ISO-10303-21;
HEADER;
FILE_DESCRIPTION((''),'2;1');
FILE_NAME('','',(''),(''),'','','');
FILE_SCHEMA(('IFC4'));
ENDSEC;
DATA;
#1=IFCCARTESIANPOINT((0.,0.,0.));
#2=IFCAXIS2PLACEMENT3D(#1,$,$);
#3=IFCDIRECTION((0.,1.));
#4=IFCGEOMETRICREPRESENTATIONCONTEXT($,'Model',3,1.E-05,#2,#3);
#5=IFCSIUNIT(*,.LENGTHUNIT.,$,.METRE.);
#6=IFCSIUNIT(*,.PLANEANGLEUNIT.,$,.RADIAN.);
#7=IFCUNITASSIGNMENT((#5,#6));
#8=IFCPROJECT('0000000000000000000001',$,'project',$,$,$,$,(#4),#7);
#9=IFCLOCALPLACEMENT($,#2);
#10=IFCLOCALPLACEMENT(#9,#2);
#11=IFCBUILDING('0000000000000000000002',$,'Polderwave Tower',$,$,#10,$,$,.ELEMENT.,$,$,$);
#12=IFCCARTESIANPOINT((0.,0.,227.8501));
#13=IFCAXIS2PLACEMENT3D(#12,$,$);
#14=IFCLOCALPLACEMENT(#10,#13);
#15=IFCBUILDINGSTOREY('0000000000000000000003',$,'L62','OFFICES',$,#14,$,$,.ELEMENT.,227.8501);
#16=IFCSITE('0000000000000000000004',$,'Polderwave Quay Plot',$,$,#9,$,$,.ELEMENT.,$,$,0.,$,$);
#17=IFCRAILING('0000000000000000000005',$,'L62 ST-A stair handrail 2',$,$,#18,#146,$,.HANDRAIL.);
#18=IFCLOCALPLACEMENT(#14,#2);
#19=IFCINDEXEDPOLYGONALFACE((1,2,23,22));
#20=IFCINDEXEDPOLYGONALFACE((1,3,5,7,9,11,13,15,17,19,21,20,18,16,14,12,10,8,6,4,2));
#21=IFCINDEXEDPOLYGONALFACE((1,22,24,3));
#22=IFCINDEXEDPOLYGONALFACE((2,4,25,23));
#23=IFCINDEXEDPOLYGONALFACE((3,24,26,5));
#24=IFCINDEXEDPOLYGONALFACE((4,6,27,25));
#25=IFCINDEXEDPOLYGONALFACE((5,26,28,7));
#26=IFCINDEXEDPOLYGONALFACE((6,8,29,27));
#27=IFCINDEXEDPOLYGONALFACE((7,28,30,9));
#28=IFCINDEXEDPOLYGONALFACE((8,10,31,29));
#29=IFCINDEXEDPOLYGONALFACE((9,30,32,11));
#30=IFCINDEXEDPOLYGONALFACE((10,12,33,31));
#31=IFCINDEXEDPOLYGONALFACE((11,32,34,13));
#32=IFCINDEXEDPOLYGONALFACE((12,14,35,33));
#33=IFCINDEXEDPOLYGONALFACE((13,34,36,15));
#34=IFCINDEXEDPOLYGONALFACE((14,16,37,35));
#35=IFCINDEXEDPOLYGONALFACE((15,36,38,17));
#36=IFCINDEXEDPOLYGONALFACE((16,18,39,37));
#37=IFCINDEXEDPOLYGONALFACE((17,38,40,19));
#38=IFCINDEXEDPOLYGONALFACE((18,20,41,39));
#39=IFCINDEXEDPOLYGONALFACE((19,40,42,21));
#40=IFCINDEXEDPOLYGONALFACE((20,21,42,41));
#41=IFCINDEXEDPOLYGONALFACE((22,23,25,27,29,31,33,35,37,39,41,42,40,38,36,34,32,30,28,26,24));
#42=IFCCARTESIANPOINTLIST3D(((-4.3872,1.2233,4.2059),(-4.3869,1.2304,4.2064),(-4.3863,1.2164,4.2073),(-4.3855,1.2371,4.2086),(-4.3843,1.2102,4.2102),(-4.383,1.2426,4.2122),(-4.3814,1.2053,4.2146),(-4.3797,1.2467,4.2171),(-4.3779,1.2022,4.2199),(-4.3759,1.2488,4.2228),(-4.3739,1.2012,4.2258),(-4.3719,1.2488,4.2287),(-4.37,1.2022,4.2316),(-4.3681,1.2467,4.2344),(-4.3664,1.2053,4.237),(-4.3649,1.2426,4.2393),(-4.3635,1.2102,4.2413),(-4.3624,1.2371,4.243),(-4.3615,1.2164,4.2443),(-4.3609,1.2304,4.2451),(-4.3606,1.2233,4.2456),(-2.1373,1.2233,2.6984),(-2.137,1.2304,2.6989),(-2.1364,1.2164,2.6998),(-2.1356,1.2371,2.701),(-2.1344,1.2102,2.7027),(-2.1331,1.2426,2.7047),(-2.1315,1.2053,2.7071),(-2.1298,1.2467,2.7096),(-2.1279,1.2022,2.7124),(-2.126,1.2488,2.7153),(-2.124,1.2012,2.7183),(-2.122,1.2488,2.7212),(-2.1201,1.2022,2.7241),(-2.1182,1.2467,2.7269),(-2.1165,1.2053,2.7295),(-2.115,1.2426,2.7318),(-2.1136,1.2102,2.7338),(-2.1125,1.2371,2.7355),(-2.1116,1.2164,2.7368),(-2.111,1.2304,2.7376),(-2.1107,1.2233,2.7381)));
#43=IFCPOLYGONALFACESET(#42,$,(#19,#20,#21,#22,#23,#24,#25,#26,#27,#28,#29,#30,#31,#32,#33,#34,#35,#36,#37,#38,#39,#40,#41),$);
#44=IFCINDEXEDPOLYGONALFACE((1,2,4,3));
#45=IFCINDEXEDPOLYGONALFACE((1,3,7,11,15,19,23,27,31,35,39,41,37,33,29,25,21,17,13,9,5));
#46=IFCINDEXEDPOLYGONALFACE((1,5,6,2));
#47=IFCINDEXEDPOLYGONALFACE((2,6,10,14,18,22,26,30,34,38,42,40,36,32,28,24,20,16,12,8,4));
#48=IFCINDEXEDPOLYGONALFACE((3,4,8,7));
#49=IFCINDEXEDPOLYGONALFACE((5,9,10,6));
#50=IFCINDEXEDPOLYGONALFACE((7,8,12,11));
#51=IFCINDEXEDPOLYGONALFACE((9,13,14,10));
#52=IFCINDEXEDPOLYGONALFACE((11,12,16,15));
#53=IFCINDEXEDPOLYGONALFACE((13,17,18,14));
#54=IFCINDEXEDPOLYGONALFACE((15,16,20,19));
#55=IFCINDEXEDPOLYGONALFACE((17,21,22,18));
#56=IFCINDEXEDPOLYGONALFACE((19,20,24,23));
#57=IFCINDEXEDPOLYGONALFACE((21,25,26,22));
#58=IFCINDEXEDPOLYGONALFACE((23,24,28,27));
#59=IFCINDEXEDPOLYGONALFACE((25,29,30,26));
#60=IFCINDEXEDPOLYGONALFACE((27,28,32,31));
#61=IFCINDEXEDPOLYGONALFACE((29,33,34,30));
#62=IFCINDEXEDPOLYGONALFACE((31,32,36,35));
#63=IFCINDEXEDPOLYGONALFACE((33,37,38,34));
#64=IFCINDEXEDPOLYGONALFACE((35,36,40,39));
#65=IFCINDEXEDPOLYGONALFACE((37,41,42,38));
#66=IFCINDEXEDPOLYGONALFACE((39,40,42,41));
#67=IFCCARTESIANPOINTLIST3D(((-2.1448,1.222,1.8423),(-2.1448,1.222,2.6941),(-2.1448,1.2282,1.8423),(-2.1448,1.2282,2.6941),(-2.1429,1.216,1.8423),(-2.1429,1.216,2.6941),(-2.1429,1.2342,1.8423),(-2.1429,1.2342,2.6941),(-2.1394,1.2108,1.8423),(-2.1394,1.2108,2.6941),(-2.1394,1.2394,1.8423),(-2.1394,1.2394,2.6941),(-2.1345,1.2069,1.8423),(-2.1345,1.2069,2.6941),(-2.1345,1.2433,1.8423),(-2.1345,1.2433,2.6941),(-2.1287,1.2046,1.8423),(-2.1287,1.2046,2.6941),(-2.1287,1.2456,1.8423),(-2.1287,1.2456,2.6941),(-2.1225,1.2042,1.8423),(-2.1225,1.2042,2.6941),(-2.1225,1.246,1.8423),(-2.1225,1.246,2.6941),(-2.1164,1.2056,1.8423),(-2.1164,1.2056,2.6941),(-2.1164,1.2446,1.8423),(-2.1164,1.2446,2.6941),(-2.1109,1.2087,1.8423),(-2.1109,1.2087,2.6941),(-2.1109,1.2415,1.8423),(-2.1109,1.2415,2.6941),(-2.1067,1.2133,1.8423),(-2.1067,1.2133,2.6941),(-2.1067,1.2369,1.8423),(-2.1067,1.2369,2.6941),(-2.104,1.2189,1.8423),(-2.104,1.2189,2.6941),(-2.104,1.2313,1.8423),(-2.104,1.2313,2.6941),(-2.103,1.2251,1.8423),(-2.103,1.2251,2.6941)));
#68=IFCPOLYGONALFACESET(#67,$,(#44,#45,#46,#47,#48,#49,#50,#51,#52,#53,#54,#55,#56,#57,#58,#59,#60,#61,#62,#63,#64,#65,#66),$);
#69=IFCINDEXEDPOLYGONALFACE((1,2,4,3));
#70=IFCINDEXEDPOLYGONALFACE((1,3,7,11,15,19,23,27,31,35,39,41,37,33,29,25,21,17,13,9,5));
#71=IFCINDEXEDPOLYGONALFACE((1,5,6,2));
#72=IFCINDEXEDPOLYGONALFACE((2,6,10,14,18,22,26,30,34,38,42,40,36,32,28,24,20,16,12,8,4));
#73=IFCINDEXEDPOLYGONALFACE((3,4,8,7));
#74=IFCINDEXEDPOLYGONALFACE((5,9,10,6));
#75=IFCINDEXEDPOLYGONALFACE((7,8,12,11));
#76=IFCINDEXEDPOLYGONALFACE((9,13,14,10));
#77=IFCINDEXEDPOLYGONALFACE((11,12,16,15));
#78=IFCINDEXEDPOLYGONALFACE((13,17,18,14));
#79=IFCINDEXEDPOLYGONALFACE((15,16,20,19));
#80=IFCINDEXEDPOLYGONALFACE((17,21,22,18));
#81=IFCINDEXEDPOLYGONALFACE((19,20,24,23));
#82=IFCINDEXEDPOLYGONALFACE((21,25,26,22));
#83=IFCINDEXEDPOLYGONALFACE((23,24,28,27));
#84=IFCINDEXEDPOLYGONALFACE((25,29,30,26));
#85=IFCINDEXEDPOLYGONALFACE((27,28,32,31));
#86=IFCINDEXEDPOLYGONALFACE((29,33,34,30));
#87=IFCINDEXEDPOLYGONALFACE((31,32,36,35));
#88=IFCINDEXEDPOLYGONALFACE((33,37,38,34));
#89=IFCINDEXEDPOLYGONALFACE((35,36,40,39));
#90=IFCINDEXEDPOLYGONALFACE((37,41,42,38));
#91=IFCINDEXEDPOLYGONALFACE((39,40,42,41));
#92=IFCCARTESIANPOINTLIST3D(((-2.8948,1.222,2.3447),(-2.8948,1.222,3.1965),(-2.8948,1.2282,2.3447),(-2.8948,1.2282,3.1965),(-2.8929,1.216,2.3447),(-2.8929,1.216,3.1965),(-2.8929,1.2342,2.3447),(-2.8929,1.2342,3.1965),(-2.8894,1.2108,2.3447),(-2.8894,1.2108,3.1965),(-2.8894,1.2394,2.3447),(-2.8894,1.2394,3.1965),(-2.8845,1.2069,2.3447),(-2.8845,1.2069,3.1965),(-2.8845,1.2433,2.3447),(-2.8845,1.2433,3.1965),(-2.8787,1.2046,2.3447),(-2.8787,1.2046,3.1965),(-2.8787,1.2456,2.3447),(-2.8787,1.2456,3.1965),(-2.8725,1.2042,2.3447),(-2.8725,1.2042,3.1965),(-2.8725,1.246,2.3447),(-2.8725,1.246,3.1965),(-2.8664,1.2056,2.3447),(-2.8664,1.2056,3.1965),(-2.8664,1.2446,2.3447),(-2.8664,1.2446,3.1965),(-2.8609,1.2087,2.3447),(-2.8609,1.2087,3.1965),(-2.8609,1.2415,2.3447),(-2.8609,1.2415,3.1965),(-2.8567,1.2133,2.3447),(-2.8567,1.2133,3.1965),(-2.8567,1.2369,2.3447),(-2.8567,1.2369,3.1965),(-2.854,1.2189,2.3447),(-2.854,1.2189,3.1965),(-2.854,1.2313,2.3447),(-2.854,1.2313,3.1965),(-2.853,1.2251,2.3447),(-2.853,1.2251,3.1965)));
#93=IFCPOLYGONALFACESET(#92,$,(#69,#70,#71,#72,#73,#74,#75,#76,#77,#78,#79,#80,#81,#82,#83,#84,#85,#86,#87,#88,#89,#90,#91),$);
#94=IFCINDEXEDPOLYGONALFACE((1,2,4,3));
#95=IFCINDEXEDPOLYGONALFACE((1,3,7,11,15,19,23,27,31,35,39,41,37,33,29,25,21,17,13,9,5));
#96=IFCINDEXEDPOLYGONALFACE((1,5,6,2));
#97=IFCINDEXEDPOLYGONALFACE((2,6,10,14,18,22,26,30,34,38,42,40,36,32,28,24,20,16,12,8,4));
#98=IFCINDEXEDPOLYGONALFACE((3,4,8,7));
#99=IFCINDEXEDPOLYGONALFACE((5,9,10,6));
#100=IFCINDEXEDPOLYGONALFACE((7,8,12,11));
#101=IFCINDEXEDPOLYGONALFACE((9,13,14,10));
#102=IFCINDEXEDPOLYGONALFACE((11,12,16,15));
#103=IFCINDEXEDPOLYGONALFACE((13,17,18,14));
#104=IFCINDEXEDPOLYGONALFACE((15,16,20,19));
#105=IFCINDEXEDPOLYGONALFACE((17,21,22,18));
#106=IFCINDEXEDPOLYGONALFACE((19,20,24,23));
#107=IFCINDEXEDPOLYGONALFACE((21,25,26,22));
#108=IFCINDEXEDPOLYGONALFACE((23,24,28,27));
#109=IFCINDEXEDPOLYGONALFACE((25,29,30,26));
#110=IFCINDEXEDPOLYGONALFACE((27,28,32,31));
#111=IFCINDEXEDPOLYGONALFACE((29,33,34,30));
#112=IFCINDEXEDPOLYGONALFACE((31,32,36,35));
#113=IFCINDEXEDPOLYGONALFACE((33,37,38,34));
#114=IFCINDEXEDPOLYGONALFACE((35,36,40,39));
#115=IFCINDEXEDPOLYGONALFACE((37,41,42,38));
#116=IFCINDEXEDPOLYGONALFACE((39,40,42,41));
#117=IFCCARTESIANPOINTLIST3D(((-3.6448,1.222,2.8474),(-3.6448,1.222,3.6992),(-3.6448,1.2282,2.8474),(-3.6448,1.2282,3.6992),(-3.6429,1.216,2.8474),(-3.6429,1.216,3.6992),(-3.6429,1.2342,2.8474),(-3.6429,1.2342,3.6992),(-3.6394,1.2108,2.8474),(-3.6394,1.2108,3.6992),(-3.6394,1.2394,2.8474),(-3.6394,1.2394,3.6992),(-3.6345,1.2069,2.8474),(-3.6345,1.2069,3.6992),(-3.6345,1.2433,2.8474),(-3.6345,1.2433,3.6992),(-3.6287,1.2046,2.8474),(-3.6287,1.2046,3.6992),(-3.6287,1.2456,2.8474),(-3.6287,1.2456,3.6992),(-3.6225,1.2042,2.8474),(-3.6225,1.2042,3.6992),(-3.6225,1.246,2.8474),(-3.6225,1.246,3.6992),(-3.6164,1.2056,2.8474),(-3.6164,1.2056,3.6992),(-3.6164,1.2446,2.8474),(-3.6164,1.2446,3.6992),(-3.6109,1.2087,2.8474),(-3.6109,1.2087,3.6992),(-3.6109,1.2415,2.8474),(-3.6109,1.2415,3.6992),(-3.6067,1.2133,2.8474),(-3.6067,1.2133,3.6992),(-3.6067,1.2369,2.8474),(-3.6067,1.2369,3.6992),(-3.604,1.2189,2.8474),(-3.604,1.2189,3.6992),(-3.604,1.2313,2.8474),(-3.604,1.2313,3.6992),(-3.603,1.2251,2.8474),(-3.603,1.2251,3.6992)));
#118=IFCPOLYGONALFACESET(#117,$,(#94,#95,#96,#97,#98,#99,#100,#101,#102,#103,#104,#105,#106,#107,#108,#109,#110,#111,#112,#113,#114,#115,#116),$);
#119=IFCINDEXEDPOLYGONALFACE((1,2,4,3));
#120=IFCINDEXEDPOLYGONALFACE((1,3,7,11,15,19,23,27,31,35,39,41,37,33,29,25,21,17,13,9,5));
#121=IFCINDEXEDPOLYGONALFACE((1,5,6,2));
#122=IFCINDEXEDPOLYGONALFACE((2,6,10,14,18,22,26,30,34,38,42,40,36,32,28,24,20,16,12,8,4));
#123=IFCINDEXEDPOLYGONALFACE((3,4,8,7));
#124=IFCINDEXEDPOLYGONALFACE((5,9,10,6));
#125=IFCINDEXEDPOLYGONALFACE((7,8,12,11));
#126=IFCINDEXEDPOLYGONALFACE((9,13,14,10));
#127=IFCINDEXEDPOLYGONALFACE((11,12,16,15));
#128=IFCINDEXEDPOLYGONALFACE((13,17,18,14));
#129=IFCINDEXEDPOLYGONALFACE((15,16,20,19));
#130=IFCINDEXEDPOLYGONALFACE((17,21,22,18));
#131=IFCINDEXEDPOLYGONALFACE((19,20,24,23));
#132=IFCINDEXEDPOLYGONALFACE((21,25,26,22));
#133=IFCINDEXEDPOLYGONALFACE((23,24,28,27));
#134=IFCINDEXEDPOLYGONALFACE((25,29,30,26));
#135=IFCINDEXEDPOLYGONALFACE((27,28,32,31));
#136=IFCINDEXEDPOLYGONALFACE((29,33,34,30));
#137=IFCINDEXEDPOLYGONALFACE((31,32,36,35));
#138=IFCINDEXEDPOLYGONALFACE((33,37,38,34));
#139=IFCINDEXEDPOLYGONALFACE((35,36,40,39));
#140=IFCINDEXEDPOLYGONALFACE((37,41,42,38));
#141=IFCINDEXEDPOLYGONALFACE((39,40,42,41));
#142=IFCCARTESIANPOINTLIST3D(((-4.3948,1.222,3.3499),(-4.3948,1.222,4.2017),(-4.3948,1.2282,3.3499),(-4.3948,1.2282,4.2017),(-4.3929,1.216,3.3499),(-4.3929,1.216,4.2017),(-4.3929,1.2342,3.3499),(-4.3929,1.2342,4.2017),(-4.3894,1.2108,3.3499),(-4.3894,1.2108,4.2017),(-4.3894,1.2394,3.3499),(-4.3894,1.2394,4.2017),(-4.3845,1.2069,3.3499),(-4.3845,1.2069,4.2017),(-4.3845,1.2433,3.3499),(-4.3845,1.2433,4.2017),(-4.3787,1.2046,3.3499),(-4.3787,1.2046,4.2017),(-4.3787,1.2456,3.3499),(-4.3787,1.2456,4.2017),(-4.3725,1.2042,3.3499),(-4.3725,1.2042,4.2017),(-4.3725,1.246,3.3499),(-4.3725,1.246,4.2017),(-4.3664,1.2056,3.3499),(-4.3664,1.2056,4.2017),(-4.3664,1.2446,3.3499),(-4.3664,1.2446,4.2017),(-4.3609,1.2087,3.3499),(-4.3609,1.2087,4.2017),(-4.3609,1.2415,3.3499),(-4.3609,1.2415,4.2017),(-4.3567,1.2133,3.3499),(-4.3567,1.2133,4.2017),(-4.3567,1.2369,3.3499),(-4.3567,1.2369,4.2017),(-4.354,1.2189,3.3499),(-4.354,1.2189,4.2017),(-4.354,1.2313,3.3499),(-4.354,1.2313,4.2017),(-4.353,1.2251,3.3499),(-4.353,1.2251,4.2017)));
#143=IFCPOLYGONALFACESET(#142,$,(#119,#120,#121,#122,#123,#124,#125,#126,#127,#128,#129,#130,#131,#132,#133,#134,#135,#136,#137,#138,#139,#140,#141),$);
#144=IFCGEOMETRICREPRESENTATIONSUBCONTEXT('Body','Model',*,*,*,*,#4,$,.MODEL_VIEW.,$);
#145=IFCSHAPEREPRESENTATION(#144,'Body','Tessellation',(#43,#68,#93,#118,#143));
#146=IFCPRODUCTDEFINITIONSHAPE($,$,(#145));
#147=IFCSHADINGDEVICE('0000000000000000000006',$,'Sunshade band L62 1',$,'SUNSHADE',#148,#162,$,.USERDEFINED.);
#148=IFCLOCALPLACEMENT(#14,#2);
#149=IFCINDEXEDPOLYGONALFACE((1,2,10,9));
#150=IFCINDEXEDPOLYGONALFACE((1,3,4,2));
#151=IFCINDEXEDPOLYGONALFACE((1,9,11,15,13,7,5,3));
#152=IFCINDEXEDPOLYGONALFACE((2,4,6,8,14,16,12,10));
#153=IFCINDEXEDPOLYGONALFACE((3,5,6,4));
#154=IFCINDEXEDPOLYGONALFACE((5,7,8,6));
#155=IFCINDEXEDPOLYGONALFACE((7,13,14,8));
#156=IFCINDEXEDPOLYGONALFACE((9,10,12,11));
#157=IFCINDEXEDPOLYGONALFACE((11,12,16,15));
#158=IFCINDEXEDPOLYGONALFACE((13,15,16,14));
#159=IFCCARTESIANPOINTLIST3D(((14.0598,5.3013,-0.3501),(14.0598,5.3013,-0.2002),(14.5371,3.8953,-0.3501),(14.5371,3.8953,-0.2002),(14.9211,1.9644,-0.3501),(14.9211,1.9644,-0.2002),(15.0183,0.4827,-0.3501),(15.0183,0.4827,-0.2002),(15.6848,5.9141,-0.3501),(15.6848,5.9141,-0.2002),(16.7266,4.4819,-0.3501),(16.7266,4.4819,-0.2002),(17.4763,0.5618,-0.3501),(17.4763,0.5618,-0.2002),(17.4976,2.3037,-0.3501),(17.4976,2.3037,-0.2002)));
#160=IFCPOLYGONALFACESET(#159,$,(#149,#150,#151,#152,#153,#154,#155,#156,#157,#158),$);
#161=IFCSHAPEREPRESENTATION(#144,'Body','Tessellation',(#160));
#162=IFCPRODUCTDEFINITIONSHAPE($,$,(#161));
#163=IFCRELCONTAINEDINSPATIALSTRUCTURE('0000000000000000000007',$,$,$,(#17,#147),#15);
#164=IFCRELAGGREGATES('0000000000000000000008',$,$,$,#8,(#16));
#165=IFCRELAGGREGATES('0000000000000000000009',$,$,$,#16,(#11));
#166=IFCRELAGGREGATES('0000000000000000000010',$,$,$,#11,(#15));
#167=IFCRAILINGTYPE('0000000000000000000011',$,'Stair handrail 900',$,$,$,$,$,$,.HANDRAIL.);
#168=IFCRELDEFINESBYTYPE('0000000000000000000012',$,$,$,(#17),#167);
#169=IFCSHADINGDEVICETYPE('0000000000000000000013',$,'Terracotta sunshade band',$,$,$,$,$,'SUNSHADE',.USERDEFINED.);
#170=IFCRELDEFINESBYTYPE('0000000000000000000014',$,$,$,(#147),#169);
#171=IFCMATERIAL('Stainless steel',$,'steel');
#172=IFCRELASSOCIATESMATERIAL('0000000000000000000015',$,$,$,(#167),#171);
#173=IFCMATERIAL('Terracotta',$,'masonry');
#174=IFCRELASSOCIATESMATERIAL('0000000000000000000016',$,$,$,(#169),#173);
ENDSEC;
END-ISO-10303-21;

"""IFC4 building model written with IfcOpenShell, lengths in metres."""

from ifc_helpers import new_model, si_unit, direction, frame, origin, origin_2d, place, context, subcontext, project, spatial, polyline, circle, outline, extrude, material, type_object, element, save


model = new_model("IFC4")

# Units and contexts
model_context = context("Model", 3, precision=1e-05, world=origin(), true_north=direction((0.0, 1.0)))
body_context = subcontext(model_context, "Body", "Model", "MODEL_VIEW")
ifc_project = project(units=[si_unit("LENGTHUNIT", "METRE"), si_unit("PLANEANGLEUNIT", "RADIAN")], contexts=[model_context])

# Site, building, storey
site_placement = place(None, origin())
site = spatial("IfcSite", under=ifc_project, at=site_placement, Name="Polderwave Quay Plot", CompositionType="ELEMENT", RefElevation=0.0)
building_placement = place(site_placement, origin())
building = spatial("IfcBuilding", under=site, at=building_placement, Name="Polderwave Tower", CompositionType="ELEMENT")
storey_placement = place(building_placement, frame((0.0, 0.0, 227.8501)))
storey = spatial("IfcBuildingStorey", under=building, at=storey_placement, Name="L62", Description="OFFICES", CompositionType="ELEMENT", Elevation=227.8501)

# Shared definitions
ifc_material_1 = material(Name="Stainless steel", Category="steel")

# Railing
railing_type_1 = type_object("IfcRailingType", Name="Stair handrail 900", PredefinedType="HANDRAIL", material=ifc_material_1)
railing_1_placement = place(storey_placement, frame((-2.124, 1.2251, 1.8423)))
element("IfcRailing", 1, at=railing_1_placement, inside=storey, type_object=railing_type_1, Name="L62 ST-A stair handrail 2", PredefinedType="HANDRAIL", context=body_context, shape_type="SweptSolid", body=[
    extrude(circle(Radius=0.0239, at=origin_2d()), frame((0.0, 0.0, 0.876), z_axis=(-0.830758, 0.0, 0.556633), x_axis=(0.0, -1.0, 0.0)), (0.0, 0.0, 1.0), 2.7083),
    extrude(circle(Radius=0.021, at=origin_2d()), origin(), (0.0, 0.0, 1.0), 0.8518),
    extrude(circle(Radius=0.021, at=origin_2d()), frame((-0.75, 0.0, 0.5024)), (0.0, 0.0, 1.0), 0.8518),
    extrude(circle(Radius=0.021, at=origin_2d()), frame((-1.5, 0.0, 1.0051)), (0.0, 0.0, 1.0), 0.8518),
    extrude(circle(Radius=0.021, at=origin_2d()), frame((-2.25, 0.0, 1.5076)), (0.0, 0.0, 1.0), 0.8518),
])

# Shading device
ifc_material_2 = material(Name="Terracotta", Category="masonry")
shading_device_type = type_object("IfcShadingDeviceType", Name="Terracotta sunshade band", ElementType="SUNSHADE", PredefinedType="USERDEFINED", material=ifc_material_2)
shading_device_placement = place(storey_placement, frame((0.0, 0.0, -0.3501)))
element("IfcShadingDevice", 2, at=shading_device_placement, inside=storey, type_object=shading_device_type, Name="Sunshade band L62 1", ObjectType="SUNSHADE", PredefinedType="USERDEFINED", context=body_context, shape_type="SweptSolid", body=[
    extrude(outline(polyline([(15.0183, 0.4827), (14.9211, 1.9644), (14.5371, 3.8953), (14.0598, 5.3013), (15.6848, 5.9141), (16.7266, 4.4819), (17.4976, 2.3037), (17.4763, 0.5618), (15.0183, 0.4827)])), origin(), (0.0, 0.0, 1.0), 0.1499),
])

save(model, "model.ifc")
